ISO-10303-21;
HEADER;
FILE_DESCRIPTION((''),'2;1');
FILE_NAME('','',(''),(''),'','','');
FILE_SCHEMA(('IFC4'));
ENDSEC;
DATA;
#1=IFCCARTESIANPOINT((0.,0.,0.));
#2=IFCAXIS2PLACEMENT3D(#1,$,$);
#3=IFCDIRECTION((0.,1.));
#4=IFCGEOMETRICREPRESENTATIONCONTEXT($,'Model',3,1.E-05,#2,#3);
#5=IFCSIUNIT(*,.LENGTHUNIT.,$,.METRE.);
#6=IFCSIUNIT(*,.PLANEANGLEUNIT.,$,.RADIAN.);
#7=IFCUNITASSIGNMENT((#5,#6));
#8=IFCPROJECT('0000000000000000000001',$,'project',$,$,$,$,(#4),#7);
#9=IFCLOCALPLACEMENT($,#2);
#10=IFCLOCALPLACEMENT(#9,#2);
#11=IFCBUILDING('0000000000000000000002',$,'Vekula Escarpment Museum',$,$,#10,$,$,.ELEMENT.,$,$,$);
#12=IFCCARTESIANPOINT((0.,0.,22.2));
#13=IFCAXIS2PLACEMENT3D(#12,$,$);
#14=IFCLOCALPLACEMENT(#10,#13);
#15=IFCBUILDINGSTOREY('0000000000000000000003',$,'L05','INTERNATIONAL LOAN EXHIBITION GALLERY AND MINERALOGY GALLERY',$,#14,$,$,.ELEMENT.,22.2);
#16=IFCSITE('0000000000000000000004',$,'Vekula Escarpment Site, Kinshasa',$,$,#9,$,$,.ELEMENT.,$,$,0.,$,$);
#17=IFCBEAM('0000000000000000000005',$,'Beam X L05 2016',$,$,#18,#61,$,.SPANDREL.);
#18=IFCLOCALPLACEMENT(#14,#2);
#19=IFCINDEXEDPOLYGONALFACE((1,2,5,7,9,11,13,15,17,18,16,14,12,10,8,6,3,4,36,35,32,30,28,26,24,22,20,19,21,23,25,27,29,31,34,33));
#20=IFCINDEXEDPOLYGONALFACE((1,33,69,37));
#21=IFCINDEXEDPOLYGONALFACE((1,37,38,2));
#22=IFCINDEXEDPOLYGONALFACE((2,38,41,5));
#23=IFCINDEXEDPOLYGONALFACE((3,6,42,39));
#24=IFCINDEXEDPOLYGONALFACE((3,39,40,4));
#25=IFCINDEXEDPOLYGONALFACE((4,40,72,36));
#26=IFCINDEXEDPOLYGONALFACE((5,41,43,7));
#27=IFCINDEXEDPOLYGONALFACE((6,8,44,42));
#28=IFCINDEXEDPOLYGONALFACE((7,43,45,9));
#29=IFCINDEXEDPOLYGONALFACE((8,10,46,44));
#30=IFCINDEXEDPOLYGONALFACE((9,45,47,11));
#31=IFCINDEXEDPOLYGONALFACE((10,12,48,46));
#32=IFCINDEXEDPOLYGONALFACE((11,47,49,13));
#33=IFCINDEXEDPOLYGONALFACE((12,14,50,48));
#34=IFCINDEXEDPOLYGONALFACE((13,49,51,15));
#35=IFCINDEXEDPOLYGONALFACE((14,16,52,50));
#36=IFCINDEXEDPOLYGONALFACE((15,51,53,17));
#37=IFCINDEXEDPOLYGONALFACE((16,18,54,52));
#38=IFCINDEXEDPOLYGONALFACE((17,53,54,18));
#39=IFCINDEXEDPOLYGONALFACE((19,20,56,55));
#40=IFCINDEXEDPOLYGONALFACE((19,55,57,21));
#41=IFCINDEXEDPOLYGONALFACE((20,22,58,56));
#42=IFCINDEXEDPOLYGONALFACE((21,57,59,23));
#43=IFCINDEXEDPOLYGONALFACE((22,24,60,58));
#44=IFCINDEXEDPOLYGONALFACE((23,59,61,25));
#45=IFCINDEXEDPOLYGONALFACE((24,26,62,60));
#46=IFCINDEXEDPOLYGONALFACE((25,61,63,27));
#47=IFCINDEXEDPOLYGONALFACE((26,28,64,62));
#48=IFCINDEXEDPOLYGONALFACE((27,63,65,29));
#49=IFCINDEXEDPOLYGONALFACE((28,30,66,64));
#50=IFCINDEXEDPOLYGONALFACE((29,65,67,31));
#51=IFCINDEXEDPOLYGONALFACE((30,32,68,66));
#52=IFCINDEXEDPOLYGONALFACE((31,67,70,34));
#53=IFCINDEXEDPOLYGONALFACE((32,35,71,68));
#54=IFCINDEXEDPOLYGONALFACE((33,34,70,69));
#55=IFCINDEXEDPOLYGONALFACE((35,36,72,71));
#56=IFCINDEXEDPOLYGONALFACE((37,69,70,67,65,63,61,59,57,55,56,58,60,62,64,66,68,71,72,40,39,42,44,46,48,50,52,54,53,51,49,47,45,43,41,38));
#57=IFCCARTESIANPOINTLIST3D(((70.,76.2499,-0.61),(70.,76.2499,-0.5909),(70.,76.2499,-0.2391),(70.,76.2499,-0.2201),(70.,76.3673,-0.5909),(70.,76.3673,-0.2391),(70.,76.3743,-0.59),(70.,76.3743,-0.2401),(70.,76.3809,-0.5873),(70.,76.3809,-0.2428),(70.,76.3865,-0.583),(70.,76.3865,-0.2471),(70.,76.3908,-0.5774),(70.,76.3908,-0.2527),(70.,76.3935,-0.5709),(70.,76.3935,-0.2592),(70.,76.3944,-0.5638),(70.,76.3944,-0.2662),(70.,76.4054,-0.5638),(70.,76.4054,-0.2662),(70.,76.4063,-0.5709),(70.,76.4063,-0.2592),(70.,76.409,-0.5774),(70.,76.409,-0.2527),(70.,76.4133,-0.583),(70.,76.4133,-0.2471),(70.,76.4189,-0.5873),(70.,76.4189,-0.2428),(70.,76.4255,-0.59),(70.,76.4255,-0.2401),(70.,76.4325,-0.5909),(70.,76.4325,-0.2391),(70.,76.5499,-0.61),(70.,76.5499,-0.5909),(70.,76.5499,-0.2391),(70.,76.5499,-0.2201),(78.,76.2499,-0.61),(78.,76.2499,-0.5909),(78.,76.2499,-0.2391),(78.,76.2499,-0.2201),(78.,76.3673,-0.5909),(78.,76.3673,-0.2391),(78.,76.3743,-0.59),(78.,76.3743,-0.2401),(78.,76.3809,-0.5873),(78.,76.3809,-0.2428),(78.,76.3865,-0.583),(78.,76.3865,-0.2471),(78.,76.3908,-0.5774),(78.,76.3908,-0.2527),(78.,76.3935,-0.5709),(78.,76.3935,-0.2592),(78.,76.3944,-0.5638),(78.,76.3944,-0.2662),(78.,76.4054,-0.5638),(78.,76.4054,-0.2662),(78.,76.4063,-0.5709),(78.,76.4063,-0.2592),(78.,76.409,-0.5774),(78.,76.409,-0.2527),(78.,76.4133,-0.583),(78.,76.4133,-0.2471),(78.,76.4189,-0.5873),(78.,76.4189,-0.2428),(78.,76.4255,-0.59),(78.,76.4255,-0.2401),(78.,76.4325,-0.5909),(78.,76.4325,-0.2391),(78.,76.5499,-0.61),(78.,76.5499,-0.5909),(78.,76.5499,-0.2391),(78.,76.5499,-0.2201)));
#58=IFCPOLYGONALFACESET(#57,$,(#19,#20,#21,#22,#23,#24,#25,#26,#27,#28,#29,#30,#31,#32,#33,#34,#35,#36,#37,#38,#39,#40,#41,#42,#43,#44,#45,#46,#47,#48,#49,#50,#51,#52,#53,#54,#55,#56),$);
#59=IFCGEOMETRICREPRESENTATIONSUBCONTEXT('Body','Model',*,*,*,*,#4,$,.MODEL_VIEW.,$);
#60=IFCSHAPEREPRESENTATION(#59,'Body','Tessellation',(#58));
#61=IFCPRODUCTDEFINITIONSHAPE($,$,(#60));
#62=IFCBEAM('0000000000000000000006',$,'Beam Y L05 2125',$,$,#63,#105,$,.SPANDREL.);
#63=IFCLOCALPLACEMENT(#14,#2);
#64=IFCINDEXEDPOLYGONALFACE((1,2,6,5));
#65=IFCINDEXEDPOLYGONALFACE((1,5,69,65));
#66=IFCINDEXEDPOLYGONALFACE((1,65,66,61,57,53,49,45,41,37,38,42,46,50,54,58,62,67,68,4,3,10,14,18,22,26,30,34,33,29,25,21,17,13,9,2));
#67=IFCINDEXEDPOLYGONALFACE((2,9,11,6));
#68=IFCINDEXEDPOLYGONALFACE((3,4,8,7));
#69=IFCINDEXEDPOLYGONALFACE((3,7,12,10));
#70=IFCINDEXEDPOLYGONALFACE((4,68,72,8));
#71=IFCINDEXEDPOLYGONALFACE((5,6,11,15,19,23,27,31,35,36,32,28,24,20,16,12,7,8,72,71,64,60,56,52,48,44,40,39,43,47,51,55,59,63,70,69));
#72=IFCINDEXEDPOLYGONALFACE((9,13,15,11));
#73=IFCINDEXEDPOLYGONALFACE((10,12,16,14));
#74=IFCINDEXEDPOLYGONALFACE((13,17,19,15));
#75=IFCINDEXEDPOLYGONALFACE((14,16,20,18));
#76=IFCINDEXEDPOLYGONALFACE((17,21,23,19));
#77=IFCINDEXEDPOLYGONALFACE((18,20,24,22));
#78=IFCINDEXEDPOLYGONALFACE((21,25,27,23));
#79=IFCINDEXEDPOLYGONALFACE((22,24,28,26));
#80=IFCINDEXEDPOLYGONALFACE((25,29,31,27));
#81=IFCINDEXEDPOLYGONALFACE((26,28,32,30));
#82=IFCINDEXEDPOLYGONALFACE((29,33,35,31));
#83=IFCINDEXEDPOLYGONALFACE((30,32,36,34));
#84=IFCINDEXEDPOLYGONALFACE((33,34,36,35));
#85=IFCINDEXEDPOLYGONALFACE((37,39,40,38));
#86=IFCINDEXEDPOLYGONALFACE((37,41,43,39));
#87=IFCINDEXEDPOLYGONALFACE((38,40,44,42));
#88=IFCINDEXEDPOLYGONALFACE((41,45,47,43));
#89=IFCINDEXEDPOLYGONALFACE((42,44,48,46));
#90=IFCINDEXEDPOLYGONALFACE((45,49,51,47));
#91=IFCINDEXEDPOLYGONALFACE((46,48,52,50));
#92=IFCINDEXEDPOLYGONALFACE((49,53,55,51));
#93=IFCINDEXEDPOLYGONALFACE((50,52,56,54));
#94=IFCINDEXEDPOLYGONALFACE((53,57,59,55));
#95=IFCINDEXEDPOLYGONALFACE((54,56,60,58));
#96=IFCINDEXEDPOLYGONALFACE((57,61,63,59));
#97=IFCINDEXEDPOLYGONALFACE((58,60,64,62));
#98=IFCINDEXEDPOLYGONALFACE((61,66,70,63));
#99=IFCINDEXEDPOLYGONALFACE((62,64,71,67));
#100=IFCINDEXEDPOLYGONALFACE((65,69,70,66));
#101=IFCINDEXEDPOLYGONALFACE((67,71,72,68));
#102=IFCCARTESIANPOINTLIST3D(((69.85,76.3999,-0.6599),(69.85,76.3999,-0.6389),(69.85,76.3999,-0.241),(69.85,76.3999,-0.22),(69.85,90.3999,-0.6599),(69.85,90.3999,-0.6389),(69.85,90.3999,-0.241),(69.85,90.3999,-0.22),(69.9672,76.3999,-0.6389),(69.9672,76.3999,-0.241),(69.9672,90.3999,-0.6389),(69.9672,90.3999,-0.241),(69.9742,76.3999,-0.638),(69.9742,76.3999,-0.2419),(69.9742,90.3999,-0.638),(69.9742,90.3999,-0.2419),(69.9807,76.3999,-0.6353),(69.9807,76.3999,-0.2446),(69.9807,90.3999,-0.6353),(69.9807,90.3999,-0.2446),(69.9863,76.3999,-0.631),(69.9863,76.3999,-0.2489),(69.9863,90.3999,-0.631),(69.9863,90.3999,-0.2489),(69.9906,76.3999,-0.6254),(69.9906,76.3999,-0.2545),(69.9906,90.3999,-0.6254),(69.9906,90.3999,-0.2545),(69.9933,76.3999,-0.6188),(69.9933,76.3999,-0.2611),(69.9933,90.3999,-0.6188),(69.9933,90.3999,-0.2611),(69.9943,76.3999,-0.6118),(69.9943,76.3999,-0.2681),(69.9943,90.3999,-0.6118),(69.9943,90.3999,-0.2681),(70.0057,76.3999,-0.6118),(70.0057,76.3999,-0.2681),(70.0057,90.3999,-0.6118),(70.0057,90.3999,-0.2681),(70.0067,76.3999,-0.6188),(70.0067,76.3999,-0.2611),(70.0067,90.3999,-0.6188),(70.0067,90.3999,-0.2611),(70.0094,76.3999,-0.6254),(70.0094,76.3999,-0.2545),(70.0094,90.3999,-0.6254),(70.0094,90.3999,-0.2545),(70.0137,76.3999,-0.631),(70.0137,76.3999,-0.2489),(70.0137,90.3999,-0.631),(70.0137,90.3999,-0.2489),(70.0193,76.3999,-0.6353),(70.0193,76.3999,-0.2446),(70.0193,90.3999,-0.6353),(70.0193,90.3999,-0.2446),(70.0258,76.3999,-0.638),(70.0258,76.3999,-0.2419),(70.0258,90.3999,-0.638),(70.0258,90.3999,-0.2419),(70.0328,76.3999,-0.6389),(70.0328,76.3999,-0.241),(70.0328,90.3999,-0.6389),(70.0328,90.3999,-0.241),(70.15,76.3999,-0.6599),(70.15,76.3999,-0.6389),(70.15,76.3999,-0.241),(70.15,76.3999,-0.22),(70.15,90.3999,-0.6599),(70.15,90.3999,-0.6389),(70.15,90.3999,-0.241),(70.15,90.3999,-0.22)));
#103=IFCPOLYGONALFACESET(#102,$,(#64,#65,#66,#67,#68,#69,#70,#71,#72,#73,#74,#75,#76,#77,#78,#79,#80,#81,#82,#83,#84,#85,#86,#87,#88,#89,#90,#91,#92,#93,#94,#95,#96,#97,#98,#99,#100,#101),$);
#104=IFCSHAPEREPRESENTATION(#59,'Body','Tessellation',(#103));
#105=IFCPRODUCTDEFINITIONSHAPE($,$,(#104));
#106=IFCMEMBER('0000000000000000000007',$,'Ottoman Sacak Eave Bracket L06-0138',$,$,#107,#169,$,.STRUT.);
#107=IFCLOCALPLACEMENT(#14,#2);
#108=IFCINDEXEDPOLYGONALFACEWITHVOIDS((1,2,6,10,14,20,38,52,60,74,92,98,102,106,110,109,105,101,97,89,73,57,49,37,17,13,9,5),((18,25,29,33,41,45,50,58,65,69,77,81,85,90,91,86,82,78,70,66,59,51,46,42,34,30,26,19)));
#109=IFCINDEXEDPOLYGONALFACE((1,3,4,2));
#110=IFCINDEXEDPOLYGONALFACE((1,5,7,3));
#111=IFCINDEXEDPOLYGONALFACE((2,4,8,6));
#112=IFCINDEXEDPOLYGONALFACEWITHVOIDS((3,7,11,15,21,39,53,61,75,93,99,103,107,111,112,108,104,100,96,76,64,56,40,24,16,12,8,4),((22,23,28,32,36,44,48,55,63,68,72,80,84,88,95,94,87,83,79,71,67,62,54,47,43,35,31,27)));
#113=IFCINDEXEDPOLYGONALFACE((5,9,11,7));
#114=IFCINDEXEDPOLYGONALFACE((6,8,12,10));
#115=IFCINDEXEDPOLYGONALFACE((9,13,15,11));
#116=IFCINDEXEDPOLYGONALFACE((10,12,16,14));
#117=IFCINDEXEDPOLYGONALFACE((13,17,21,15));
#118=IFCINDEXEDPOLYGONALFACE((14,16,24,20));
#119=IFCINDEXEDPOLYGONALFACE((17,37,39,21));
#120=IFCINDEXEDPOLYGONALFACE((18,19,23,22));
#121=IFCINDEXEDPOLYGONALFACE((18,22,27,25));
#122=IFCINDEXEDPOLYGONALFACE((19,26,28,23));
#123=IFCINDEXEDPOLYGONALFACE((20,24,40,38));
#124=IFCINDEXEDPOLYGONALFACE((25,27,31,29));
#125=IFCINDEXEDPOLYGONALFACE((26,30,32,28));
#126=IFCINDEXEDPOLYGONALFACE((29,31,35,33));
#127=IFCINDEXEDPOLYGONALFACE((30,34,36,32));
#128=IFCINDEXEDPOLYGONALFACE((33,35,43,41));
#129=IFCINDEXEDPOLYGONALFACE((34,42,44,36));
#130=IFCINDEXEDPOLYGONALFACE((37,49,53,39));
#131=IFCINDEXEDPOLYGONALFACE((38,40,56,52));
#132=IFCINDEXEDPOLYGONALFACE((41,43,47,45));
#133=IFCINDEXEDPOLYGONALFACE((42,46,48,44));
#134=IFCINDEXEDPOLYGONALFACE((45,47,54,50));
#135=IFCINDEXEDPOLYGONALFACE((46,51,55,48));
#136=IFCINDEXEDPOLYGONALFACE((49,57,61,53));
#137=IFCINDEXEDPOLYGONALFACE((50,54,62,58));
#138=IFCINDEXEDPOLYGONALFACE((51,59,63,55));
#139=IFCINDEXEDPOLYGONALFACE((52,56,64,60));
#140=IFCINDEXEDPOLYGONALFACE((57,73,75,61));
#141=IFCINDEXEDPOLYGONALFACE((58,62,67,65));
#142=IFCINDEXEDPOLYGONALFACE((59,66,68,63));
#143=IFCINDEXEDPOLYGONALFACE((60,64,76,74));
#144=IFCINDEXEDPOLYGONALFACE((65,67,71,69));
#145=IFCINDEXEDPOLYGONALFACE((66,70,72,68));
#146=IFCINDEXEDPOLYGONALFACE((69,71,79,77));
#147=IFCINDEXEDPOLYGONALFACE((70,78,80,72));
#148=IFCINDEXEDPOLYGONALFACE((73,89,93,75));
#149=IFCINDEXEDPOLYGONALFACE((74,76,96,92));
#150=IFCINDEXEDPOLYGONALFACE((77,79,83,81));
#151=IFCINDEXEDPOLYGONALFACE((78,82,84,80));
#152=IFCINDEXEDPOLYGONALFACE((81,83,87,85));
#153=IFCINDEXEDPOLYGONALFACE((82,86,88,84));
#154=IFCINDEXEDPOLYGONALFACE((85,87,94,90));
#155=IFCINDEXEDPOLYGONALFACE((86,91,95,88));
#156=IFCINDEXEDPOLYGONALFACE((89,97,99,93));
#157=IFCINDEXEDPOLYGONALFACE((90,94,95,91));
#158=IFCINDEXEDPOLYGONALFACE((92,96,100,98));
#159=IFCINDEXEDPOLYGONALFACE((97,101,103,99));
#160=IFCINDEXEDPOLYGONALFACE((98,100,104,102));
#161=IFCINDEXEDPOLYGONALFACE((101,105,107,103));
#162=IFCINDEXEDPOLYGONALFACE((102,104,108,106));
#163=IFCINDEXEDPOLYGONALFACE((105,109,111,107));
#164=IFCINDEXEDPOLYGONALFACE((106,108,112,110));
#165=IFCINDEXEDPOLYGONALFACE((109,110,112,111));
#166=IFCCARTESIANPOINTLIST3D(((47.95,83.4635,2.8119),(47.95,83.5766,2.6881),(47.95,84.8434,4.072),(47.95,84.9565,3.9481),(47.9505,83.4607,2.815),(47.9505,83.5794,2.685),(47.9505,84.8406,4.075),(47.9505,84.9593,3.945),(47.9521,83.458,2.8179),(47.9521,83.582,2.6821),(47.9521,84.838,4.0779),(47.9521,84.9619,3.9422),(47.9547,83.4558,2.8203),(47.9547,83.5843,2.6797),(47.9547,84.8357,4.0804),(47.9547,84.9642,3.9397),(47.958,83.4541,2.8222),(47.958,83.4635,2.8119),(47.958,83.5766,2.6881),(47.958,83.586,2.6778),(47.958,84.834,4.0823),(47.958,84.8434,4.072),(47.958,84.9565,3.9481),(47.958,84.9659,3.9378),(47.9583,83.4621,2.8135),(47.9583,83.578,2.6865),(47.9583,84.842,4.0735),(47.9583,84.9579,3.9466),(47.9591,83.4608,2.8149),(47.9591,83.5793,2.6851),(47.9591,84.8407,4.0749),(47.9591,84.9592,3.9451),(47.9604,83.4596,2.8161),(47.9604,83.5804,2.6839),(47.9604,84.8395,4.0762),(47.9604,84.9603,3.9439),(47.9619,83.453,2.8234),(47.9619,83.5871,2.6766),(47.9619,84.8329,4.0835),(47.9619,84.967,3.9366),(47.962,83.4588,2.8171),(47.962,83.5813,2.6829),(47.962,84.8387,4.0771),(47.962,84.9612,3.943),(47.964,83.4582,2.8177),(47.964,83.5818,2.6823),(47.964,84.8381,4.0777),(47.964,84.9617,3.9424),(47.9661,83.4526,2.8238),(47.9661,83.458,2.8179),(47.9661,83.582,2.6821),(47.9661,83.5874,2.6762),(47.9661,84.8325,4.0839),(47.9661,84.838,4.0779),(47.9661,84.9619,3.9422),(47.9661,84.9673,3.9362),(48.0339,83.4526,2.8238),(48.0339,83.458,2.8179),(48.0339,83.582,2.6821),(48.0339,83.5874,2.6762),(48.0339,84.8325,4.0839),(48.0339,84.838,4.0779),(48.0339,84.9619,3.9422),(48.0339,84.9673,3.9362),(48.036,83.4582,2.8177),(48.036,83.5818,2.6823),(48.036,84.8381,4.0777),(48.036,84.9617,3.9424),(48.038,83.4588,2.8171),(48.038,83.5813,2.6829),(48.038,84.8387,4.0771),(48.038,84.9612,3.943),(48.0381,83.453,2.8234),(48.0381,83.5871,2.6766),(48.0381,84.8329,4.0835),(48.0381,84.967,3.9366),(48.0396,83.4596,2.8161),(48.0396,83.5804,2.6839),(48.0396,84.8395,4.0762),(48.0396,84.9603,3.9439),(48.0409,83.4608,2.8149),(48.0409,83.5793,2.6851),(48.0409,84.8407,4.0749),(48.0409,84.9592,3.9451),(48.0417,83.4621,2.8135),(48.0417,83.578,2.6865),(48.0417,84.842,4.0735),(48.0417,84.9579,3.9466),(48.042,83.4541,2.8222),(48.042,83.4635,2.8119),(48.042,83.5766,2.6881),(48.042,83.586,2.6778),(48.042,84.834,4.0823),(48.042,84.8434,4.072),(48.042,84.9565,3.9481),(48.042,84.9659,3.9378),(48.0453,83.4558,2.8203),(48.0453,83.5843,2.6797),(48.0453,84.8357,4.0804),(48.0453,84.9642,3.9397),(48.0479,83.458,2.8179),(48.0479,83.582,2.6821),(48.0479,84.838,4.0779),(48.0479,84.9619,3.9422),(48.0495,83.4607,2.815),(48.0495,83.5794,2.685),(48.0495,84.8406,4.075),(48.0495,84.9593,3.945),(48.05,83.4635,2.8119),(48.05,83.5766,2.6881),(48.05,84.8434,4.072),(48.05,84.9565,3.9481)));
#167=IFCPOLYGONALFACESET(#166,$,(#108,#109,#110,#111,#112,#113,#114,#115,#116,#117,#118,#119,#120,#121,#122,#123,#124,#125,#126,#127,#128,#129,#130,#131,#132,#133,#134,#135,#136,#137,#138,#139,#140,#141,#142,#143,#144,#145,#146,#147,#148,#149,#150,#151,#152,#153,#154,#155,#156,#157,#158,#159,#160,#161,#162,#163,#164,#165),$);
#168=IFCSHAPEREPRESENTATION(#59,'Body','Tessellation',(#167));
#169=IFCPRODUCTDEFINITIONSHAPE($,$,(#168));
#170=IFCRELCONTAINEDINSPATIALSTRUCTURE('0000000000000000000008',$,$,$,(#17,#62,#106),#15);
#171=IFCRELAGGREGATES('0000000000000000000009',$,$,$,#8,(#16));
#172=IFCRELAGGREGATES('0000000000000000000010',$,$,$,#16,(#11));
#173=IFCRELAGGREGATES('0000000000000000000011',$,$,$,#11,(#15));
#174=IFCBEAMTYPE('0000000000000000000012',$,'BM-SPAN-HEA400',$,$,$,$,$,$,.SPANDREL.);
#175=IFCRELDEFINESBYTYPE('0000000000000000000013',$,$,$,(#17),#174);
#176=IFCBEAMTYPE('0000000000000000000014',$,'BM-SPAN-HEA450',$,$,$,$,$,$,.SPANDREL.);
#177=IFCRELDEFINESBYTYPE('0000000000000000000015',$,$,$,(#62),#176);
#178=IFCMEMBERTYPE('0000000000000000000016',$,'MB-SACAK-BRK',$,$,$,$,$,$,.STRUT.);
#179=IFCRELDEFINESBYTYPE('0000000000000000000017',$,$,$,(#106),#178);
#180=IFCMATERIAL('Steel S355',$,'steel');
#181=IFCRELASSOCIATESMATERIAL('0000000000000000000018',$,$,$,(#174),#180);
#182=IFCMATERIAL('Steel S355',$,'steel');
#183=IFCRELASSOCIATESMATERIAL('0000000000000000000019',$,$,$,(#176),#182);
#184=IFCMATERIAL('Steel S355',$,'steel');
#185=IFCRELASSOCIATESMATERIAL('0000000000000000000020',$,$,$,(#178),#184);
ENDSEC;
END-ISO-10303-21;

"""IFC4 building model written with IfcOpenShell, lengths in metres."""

from ifc_helpers import new_model, si_unit, direction, frame, origin, origin_2d, place, context, subcontext, project, spatial, hollow_rectangle, i_section, extrude, material, material_profile, profile_set, type_object, element, save


model = new_model("IFC4")

# Units and contexts
model_context = context("Model", 3, precision=1e-05, world=origin(), true_north=direction((0.0, 1.0)))
body_context = subcontext(model_context, "Body", "Model", "MODEL_VIEW")
ifc_project = project(units=[si_unit("LENGTHUNIT", "METRE"), si_unit("PLANEANGLEUNIT", "RADIAN")], contexts=[model_context])

# Site, building, storey
site_placement = place(None, origin())
site = spatial("IfcSite", under=ifc_project, at=site_placement, Name="Vekula Escarpment Site, Kinshasa", CompositionType="ELEMENT", RefElevation=0.0)
building_placement = place(site_placement, origin())
building = spatial("IfcBuilding", under=site, at=building_placement, Name="Vekula Escarpment Museum", CompositionType="ELEMENT")
storey_placement = place(building_placement, frame((0.0, 0.0, 22.2)))
storey = spatial("IfcBuildingStorey", under=building, at=storey_placement, Name="L05", Description="INTERNATIONAL LOAN EXHIBITION GALLERY AND MINERALOGY GALLERY", CompositionType="ELEMENT", Elevation=22.2)

# Beams
ifc_material_1 = material(Name="Steel S355", Category="steel")
ifc_material_profile_1 = material_profile(ifc_material_1, i_section(OverallWidth=0.3, OverallDepth=0.3899, WebThickness=0.011, FlangeThickness=0.019, FilletRadius=0.0271, at=origin_2d()), Name="HEA 400")
ifc_profile_set_1 = profile_set([ifc_material_profile_1], Name="Steel S355")
beam_type_1 = type_object("IfcBeamType", Name="BM-SPAN-HEA400", PredefinedType="SPANDREL", material=ifc_profile_set_1)
beam_1_placement = place(storey_placement, frame((70.0, 76.3999, -0.415), z_axis=(1.0, 0.0, 0.0), x_axis=(0.0, 1.0, 0.0)))
element("IfcBeam", 1, at=beam_1_placement, inside=storey, type_object=beam_type_1, Name="Beam X L05 2016", PredefinedType="SPANDREL", context=body_context, shape_type="SweptSolid", body=[
    extrude(i_section(OverallWidth=0.3, OverallDepth=0.3899, WebThickness=0.011, FlangeThickness=0.019, FilletRadius=0.0271, at=origin_2d()), origin(), (0.0, 0.0, 1.0), 8.0),
])
ifc_material_2 = material(Name="Steel S355", Category="steel")
ifc_material_profile_2 = material_profile(ifc_material_2, i_section(OverallWidth=0.3, OverallDepth=0.4399, WebThickness=0.0115, FlangeThickness=0.021, FilletRadius=0.0271, at=origin_2d()), Name="HEA 450")
ifc_profile_set_2 = profile_set([ifc_material_profile_2], Name="Steel S355")
beam_type_2 = type_object("IfcBeamType", Name="BM-SPAN-HEA450", PredefinedType="SPANDREL", material=ifc_profile_set_2)
beam_2_placement = place(storey_placement, frame((70.0, 76.3999, -0.4399), z_axis=(0.0, 1.0, 0.0), x_axis=(-1.0, 0.0, 0.0)))
element("IfcBeam", 2, at=beam_2_placement, inside=storey, type_object=beam_type_2, Name="Beam Y L05 2125", PredefinedType="SPANDREL", context=body_context, shape_type="SweptSolid", body=[
    extrude(i_section(OverallWidth=0.3, OverallDepth=0.4399, WebThickness=0.0115, FlangeThickness=0.021, FilletRadius=0.0271, at=origin_2d()), origin(), (0.0, 0.0, 1.0), 14.0),
])

# Member
ifc_material_3 = material(Name="Steel S355", Category="steel")
ifc_material_profile_3 = material_profile(ifc_material_3, hollow_rectangle(XDim=0.1001, YDim=0.2, WallThickness=0.0081, InnerFilletRadius=0.0081, OuterFilletRadius=0.0161, at=origin_2d()), Name="RHS 200x100x8")
ifc_profile_set_3 = profile_set([ifc_material_profile_3], Name="Steel S355")
member_type_1 = type_object("IfcMemberType", Name="MB-SACAK-BRK", PredefinedType="STRUT", material=ifc_profile_set_3)
for number, where, z_axis, x_axis, name in (
    (3, (48.0, 83.52, 2.75), (0.0, 0.738454, 0.674303), (-1.0, 0.0, 0.0), "Ottoman Sacak Eave Bracket L06-0138"),
):
    element("IfcMember", number, at=place(storey_placement, frame(where, z_axis=z_axis, x_axis=x_axis)), inside=storey, type_object=member_type_1, Name=name, PredefinedType="STRUT", context=body_context, shape_type="SweptSolid", body=[
        extrude(hollow_rectangle(XDim=0.1001, YDim=0.2, WallThickness=0.0081, InnerFilletRadius=0.0081, OuterFilletRadius=0.0161, at=origin_2d()), origin(), (0.0, 0.0, 1.0), 1.8687),
    ])

save(model, "model.ifc")
